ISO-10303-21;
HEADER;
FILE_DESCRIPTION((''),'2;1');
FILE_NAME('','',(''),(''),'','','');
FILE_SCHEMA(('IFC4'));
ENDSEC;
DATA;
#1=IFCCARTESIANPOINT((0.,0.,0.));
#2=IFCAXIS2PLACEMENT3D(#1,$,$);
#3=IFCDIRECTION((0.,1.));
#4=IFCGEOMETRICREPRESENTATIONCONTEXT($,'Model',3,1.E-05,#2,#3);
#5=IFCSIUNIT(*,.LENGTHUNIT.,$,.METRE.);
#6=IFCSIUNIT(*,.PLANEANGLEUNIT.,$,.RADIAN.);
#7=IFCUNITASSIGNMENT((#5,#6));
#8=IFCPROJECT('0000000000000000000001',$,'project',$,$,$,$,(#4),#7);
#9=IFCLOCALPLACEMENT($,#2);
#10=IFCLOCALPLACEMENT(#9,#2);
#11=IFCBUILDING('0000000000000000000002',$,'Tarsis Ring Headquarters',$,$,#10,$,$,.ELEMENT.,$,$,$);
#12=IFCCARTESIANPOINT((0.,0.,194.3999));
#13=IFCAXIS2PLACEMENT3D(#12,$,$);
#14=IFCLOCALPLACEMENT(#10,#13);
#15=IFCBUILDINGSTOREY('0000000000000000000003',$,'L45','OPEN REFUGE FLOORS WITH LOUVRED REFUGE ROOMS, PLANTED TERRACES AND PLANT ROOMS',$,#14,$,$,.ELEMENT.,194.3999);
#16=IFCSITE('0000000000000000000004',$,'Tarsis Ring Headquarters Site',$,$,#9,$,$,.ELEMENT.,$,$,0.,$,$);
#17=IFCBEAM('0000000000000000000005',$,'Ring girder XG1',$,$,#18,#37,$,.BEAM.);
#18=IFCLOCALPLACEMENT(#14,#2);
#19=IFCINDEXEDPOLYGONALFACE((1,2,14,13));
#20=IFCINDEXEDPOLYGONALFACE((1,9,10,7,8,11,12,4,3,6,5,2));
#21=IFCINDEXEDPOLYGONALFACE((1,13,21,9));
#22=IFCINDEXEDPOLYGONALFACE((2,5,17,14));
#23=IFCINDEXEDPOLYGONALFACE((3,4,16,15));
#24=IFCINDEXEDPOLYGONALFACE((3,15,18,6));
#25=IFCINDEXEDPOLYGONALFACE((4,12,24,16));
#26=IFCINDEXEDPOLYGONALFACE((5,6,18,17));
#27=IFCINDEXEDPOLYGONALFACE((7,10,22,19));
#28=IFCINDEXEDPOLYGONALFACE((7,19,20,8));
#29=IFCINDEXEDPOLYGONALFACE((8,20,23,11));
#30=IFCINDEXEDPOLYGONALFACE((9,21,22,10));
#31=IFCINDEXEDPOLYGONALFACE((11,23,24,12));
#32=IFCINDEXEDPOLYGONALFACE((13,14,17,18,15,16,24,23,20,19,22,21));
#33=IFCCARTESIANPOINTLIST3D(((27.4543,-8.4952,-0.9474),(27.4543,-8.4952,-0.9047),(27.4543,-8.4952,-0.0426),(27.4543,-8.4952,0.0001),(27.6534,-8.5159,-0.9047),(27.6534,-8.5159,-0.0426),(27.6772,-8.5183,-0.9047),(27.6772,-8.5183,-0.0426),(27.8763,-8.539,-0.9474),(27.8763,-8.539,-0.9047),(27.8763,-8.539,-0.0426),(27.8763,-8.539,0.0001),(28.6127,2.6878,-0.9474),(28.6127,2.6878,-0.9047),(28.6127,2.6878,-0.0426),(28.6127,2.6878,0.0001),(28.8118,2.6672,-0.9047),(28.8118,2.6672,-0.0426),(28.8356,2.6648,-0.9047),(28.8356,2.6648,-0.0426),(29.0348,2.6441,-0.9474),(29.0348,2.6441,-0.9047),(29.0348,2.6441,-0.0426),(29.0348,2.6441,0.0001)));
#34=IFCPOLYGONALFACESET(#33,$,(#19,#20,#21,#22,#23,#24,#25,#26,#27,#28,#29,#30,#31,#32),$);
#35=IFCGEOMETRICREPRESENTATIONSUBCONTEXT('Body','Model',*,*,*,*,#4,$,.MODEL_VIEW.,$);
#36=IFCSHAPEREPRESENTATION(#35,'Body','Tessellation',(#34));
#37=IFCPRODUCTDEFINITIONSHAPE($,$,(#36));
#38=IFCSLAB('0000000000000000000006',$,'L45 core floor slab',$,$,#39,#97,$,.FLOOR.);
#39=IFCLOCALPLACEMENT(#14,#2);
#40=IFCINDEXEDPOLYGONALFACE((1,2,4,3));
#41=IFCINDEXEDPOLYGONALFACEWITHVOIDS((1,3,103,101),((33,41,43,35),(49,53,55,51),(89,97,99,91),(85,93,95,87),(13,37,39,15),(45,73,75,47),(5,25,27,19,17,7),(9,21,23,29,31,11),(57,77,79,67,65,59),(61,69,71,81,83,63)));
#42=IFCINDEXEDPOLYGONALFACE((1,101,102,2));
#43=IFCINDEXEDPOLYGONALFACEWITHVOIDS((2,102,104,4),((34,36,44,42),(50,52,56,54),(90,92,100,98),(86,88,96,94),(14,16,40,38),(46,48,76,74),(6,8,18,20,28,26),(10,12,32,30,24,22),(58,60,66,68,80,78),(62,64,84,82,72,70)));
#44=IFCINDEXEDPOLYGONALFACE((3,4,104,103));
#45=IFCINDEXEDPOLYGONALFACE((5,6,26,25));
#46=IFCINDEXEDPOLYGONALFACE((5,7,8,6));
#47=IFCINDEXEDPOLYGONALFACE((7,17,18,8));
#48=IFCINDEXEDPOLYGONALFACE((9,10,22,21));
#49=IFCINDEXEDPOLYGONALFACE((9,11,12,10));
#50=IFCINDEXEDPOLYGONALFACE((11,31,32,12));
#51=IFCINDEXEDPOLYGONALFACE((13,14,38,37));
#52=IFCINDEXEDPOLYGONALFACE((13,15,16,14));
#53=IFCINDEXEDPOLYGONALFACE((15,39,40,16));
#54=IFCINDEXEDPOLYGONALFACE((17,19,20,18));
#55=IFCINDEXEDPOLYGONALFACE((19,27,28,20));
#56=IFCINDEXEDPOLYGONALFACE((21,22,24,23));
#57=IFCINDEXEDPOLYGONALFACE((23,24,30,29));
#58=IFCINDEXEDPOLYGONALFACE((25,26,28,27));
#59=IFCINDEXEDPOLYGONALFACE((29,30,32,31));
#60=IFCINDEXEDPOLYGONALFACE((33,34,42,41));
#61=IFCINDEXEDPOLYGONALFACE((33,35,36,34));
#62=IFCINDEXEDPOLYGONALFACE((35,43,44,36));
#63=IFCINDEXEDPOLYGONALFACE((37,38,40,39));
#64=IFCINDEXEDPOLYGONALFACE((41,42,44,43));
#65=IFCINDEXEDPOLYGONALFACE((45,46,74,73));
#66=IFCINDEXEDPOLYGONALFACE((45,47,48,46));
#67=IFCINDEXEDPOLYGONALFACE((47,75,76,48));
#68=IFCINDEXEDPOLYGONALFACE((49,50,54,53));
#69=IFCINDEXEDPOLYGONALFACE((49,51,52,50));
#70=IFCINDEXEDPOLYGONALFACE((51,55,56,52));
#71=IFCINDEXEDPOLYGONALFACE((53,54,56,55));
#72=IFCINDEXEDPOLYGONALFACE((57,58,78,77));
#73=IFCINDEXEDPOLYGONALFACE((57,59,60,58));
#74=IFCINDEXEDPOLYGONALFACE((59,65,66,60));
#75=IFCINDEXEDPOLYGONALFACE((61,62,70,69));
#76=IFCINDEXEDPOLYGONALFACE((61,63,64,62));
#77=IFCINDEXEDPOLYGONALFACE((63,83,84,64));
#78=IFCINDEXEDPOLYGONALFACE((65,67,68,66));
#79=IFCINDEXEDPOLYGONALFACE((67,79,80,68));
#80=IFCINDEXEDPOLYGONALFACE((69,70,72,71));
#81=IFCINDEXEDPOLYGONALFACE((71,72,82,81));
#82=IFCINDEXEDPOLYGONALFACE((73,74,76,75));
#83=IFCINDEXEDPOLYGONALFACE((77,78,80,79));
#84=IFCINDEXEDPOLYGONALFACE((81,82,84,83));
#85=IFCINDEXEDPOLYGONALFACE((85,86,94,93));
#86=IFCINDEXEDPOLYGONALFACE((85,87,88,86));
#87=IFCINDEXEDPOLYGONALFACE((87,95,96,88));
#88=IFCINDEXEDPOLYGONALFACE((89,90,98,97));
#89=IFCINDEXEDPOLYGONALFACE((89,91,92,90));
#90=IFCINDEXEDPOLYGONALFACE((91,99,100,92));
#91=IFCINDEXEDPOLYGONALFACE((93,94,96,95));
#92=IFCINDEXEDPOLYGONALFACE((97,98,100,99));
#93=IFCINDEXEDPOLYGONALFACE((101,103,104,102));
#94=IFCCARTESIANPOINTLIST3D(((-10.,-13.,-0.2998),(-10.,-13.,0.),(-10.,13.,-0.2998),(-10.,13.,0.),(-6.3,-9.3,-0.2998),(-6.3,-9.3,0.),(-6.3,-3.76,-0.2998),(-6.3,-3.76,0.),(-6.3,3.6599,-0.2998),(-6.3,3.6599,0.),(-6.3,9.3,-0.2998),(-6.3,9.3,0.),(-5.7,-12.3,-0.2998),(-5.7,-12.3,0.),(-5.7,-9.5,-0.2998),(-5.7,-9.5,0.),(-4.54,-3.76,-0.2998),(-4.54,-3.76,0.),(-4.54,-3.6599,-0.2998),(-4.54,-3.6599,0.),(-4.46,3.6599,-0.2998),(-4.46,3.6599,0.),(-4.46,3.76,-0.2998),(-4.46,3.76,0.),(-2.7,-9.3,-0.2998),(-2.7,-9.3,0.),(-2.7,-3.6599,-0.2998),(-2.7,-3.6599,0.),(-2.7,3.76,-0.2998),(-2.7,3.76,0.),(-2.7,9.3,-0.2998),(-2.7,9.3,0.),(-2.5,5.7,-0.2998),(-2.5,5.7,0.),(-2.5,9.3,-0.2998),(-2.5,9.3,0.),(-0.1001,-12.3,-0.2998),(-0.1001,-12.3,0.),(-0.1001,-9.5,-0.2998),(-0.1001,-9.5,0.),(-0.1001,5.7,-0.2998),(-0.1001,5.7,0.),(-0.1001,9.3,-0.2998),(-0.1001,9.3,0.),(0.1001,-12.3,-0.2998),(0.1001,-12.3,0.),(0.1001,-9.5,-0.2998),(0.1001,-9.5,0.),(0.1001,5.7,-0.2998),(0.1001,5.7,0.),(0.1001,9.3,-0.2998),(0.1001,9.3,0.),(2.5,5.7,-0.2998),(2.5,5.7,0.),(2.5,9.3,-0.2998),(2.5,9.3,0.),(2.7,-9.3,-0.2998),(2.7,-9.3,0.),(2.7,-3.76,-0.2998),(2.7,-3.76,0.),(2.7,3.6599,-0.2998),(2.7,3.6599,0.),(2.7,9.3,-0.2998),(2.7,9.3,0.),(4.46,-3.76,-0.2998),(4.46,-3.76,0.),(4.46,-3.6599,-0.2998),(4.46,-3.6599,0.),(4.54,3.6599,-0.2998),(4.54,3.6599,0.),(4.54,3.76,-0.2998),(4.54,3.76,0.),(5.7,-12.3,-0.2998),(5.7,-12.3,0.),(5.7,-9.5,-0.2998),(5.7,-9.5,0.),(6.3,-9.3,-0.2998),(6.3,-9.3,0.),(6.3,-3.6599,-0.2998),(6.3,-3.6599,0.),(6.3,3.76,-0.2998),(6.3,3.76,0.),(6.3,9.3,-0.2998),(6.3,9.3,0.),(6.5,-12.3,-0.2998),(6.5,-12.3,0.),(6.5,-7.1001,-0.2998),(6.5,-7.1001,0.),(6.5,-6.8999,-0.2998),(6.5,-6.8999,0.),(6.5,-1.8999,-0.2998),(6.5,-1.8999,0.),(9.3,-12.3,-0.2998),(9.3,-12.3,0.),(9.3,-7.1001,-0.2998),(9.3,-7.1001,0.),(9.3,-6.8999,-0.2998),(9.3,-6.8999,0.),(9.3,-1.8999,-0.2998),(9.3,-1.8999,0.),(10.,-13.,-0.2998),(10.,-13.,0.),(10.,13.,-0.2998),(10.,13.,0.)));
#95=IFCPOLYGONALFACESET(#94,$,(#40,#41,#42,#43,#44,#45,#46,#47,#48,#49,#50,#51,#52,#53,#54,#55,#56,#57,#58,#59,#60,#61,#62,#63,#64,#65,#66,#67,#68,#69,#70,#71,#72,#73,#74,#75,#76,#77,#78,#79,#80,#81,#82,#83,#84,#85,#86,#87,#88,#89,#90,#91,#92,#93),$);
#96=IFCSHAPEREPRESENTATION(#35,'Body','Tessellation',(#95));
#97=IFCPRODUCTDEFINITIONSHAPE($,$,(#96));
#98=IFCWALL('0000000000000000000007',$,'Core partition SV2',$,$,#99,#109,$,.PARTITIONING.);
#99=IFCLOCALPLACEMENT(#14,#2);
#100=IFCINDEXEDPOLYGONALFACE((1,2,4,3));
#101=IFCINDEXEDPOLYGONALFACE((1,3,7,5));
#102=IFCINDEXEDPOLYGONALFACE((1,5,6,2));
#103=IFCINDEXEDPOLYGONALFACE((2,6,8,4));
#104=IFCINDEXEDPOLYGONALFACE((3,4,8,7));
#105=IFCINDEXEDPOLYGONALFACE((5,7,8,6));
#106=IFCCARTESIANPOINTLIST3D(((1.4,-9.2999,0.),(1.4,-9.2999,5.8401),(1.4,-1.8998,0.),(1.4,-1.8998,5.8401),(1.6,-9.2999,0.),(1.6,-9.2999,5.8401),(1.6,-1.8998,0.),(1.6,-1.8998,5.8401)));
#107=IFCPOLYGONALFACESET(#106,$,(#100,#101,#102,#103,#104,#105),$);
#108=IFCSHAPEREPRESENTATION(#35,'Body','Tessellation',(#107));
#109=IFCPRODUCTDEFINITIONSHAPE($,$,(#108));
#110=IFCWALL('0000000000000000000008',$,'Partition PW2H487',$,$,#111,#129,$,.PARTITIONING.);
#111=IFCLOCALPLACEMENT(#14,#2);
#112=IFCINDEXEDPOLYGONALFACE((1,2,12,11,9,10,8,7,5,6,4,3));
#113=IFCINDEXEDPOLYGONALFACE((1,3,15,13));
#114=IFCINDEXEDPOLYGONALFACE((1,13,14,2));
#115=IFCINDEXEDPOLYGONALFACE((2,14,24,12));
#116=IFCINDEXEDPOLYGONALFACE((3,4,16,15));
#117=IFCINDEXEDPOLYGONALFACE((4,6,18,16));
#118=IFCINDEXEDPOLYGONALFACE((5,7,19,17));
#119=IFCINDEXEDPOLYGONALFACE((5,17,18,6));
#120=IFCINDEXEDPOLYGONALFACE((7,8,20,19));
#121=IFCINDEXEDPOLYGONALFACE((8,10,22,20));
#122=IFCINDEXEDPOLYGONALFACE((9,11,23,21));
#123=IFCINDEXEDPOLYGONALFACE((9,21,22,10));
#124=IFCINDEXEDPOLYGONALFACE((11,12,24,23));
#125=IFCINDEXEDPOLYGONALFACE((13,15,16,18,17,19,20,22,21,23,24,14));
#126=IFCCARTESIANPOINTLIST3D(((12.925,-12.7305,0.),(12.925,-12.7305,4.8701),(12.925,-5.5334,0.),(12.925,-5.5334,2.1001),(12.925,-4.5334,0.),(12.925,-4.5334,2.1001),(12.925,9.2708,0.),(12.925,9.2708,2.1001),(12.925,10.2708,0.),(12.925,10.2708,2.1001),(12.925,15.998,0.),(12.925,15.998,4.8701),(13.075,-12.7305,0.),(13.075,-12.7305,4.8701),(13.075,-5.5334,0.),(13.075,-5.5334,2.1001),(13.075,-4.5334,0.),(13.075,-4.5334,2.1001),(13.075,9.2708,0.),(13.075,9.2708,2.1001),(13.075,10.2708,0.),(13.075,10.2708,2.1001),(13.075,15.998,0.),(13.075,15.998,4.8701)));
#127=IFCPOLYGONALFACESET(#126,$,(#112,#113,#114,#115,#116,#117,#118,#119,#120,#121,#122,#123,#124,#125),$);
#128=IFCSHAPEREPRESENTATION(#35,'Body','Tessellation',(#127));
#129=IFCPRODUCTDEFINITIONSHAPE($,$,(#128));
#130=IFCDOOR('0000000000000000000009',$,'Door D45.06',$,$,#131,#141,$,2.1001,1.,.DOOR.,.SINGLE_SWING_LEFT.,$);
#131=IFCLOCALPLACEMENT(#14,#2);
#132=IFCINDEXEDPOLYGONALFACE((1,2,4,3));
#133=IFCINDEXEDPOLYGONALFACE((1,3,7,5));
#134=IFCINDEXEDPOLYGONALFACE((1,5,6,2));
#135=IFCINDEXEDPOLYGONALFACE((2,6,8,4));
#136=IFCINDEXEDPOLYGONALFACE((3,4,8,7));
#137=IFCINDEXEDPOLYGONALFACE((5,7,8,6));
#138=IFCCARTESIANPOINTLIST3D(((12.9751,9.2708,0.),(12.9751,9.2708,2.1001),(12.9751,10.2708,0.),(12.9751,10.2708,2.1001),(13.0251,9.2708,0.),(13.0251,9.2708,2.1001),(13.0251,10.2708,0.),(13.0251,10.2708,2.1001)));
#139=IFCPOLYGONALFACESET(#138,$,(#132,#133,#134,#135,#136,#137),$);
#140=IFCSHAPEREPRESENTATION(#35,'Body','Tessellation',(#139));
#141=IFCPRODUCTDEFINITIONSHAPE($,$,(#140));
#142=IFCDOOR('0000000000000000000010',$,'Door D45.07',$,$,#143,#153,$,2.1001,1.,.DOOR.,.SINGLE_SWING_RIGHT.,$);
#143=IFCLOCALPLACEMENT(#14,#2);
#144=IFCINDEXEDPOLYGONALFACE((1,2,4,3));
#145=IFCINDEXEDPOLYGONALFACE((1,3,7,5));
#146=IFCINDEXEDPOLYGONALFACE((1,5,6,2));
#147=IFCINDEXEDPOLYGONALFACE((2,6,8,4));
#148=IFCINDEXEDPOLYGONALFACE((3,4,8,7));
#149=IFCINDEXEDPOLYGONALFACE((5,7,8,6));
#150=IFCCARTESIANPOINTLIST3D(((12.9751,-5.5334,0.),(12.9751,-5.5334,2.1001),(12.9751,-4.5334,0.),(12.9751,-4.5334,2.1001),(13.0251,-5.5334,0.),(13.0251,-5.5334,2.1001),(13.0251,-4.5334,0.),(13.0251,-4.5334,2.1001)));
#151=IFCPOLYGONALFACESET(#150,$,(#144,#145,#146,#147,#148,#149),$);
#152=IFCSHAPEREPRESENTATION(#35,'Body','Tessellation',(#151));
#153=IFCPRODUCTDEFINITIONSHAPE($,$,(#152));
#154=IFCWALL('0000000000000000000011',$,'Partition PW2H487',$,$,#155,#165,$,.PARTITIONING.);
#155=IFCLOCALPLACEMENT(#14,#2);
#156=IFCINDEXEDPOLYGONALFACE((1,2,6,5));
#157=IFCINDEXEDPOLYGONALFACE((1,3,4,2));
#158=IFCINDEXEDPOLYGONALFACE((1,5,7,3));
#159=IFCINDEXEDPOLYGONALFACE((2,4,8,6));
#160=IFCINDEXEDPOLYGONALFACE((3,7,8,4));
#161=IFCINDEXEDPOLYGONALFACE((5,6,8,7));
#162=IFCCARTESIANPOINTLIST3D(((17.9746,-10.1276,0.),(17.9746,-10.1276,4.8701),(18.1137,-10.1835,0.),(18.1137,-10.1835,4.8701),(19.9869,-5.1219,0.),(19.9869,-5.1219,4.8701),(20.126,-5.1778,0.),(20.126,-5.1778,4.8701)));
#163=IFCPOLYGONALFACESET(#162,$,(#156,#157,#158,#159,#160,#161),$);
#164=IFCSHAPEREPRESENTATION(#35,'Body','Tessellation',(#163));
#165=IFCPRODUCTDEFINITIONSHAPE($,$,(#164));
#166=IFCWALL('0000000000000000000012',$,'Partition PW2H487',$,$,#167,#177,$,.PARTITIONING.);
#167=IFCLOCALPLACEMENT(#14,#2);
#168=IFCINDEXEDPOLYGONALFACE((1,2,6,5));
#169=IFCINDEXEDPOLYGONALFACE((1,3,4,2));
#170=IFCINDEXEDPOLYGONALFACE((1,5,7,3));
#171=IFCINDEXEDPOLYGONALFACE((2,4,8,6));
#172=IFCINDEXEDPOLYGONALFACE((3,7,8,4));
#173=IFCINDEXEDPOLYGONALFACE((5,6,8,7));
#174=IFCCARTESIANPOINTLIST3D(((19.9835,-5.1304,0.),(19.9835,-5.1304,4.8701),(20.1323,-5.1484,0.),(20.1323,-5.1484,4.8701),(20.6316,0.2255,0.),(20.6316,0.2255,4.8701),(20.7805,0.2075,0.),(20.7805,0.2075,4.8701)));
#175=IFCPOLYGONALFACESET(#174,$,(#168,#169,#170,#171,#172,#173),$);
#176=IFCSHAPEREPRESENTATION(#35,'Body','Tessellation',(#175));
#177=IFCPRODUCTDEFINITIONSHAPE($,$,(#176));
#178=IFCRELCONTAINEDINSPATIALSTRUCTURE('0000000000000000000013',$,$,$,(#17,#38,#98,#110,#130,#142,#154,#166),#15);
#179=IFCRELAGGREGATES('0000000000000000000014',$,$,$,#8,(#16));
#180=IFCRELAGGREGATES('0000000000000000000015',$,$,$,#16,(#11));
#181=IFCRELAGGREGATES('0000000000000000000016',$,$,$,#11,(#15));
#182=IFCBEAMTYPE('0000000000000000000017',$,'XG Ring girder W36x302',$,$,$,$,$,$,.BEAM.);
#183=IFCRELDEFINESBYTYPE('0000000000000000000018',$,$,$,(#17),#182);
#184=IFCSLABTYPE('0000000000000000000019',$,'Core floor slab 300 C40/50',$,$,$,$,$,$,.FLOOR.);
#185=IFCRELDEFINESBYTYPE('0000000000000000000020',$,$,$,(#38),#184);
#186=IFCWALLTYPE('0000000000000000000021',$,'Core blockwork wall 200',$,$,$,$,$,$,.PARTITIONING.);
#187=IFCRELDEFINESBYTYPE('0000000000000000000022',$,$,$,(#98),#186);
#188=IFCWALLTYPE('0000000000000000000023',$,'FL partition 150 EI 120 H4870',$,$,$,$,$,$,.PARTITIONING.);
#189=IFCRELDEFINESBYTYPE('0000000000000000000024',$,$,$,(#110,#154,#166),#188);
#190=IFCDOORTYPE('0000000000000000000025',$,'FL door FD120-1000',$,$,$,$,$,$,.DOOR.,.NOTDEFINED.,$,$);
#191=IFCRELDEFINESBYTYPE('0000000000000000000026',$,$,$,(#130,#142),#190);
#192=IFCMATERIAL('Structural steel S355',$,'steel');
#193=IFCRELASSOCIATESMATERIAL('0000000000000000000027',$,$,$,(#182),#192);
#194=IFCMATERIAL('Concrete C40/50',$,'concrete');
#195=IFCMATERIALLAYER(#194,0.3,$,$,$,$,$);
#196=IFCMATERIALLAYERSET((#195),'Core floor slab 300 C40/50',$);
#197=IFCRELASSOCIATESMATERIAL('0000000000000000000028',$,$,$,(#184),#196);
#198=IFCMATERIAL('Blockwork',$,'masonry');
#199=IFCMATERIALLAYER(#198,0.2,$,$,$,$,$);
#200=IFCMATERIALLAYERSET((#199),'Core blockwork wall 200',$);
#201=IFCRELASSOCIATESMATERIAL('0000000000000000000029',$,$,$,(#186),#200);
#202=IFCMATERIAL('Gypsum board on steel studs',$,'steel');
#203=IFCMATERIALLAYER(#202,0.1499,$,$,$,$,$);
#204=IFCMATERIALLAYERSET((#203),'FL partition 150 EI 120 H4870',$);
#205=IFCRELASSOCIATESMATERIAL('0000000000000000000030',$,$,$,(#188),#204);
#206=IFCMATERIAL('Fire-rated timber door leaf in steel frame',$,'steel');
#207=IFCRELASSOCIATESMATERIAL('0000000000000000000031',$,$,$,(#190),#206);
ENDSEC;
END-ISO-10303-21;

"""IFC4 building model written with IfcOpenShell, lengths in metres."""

from ifc_helpers import new_model, si_unit, direction, frame, frame_2d, origin, origin_2d, place, context, subcontext, project, spatial, polyline, rectangle, i_section, outline, extrude, material, layer, layer_set, material_profile, profile_set, type_object, element, fill, save


model = new_model("IFC4")

# Units and contexts
model_context = context("Model", 3, precision=1e-05, world=origin(), true_north=direction((0.0, 1.0)))
body_context = subcontext(model_context, "Body", "Model", "MODEL_VIEW")
ifc_project = project(units=[si_unit("LENGTHUNIT", "METRE"), si_unit("PLANEANGLEUNIT", "RADIAN")], contexts=[model_context])

# Site, building, storey
site_placement = place(None, origin())
site = spatial("IfcSite", under=ifc_project, at=site_placement, Name="Tarsis Ring Headquarters Site", CompositionType="ELEMENT", RefElevation=0.0)
building_placement = place(site_placement, origin())
building = spatial("IfcBuilding", under=site, at=building_placement, Name="Tarsis Ring Headquarters", CompositionType="ELEMENT")
storey_placement = place(building_placement, frame((0.0, 0.0, 194.3999)))
storey = spatial("IfcBuildingStorey", under=building, at=storey_placement, Name="L45", Description="OPEN REFUGE FLOORS WITH LOUVRED REFUGE ROOMS, PLANTED TERRACES AND PLANT ROOMS", CompositionType="ELEMENT", Elevation=194.3999)

# Shared definitions
ifc_material_1 = material(Name="Structural steel S355", Category="steel")

# Beam
ifc_material_2 = material(Name="Concrete C40/50", Category="concrete")
ifc_material_profile_1 = material_profile(ifc_material_1, i_section(OverallWidth=0.4243, OverallDepth=0.9475, WebThickness=0.0239, FlangeThickness=0.0427, at=origin_2d()), Name="W36x302")
ifc_profile_set_1 = profile_set([ifc_material_profile_1], Name="Structural steel S355")
beam_type_1 = type_object("IfcBeamType", Name="XG Ring girder W36x302", PredefinedType="BEAM", material=ifc_profile_set_1)
beam_1_placement = place(storey_placement, frame((27.6653, -8.5171, -0.4736), z_axis=(0.103038, 0.994677, 0.0), x_axis=(-0.994677, 0.103038, 0.0)))
element("IfcBeam", 1, at=beam_1_placement, inside=storey, type_object=beam_type_1, Name="Ring girder XG1", PredefinedType="BEAM", context=body_context, shape_type="SweptSolid", body=[
    extrude(i_section(OverallWidth=0.4243, OverallDepth=0.9475, WebThickness=0.0239, FlangeThickness=0.0427, at=origin_2d()), origin(), (0.0, 0.0, 1.0), 11.2429),
])

# Slab
ifc_layer_1 = layer(ifc_material_2, 0.3)
ifc_layer_set_1 = layer_set([ifc_layer_1], Name="Core floor slab 300 C40/50")
slab_type = type_object("IfcSlabType", Name="Core floor slab 300 C40/50", PredefinedType="FLOOR", material=ifc_layer_set_1)
slab_placement = place(storey_placement, frame((0.0, 0.0, -0.2998)))
element("IfcSlab", 2, at=slab_placement, inside=storey, type_object=slab_type, Name="L45 core floor slab", PredefinedType="FLOOR", context=body_context, shape_type="SweptSolid", body=[
    extrude(outline(polyline([(-10.0, -13.0), (10.0, -13.0), (10.0, 13.0), (-10.0, 13.0), (-10.0, -13.0)]), holes=[polyline([(-2.5, 5.7), (-0.1001, 5.7), (-0.1001, 9.3), (-2.5, 9.3), (-2.5, 5.7)]), polyline([(0.1001, 5.7), (2.5, 5.7), (2.5, 9.3), (0.1001, 9.3), (0.1001, 5.7)]), polyline([(6.5, -12.3), (9.3, -12.3), (9.3, -7.1001), (6.5, -7.1001), (6.5, -12.3)]), polyline([(6.5, -6.8999), (9.3, -6.8999), (9.3, -1.8999), (6.5, -1.8999), (6.5, -6.8999)]), polyline([(-5.7, -12.3), (-0.1001, -12.3), (-0.1001, -9.5), (-5.7, -9.5), (-5.7, -12.3)]), polyline([(0.1001, -12.3), (5.7, -12.3), (5.7, -9.5), (0.1001, -9.5), (0.1001, -12.3)]), polyline([(-2.7, 3.76), (-2.7, 9.3), (-6.3, 9.3), (-6.3, 3.6599), (-4.46, 3.6599), (-4.46, 3.76), (-2.7, 3.76)]), polyline([(6.3, 3.76), (6.3, 9.3), (2.7, 9.3), (2.7, 3.6599), (4.54, 3.6599), (4.54, 3.76), (6.3, 3.76)]), polyline([(-6.3, -3.76), (-6.3, -9.3), (-2.7, -9.3), (-2.7, -3.6599), (-4.54, -3.6599), (-4.54, -3.76), (-6.3, -3.76)]), polyline([(2.7, -3.76), (2.7, -9.3), (6.3, -9.3), (6.3, -3.6599), (4.46, -3.6599), (4.46, -3.76), (2.7, -3.76)])]), origin(), (0.0, 0.0, 1.0), 0.2998),
])

# Wall
ifc_material_3 = material(Name="Blockwork", Category="masonry")
ifc_layer_2 = layer(ifc_material_3, 0.2)
ifc_layer_set_2 = layer_set([ifc_layer_2], Name="Core blockwork wall 200")
wall_type_1 = type_object("IfcWallType", Name="Core blockwork wall 200", PredefinedType="PARTITIONING", material=ifc_layer_set_2)
wall_1_placement = place(storey_placement, frame((1.5, -9.3, 0.0), z_axis=(0.0, 0.0, 1.0), x_axis=(0.0, 1.0, 0.0)))
element("IfcWall", 3, at=wall_1_placement, inside=storey, type_object=wall_type_1, Name="Core partition SV2", PredefinedType="PARTITIONING", context=body_context, shape_type="SweptSolid", body=[
    extrude(rectangle(XDim=7.4001, YDim=0.2, at=frame_2d((3.7002, 0.0))), origin(), (0.0, 0.0, 1.0), 5.8401),
])

# Wall, openings, doors
ifc_material_4 = material(Name="Gypsum board on steel studs", Category="steel")
ifc_layer_3 = layer(ifc_material_4, 0.1499)
ifc_layer_set_3 = layer_set([ifc_layer_3], Name="FL partition 150 EI 120 H4870")
wall_type_2 = type_object("IfcWallType", Name="FL partition 150 EI 120 H4870", PredefinedType="PARTITIONING", material=ifc_layer_set_3)
wall_2_placement = place(storey_placement, frame((13.0, -12.7305, 0.0), z_axis=(0.0, 0.0, 1.0), x_axis=(0.0, 1.0, 0.0)))
wall_2 = element("IfcWall", 4, at=wall_2_placement, inside=storey, type_object=wall_type_2, Name="Partition PW2H487", PredefinedType="PARTITIONING", context=body_context, shape_type="SweptSolid", body=[
    extrude(rectangle(XDim=28.7285, YDim=0.1499, at=frame_2d((14.3643, 0.0))), origin(), (0.0, 0.0, 1.0), 4.8701),
])
opening_1_placement = place(wall_2_placement, frame((22.0012, 0.0, 0.0)))
opening_1 = element("IfcOpeningElement", 5, at=opening_1_placement, cuts=wall_2, PredefinedType="OPENING", context=body_context, shape_type="SweptSolid", body=[
    extrude(rectangle(XDim=1.0, YDim=2.1001, at=frame_2d((0.5, 1.05))), frame((0.0, 0.085, 0.0), z_axis=(0.0, -1.0, 0.0), x_axis=(1.0, 0.0, 0.0)), (0.0, 0.0, 1.0), 0.1699),
])
opening_2_placement = place(wall_2_placement, frame((7.197, 0.0, 0.0)))
opening_2 = element("IfcOpeningElement", 6, at=opening_2_placement, cuts=wall_2, PredefinedType="OPENING", context=body_context, shape_type="SweptSolid", body=[
    extrude(rectangle(XDim=1.0, YDim=2.1001, at=frame_2d((0.5, 1.05))), frame((0.0, 0.085, 0.0), z_axis=(0.0, -1.0, 0.0), x_axis=(1.0, 0.0, 0.0)), (0.0, 0.0, 1.0), 0.1699),
])
ifc_material_5 = material(Name="Fire-rated timber door leaf in steel frame", Category="steel")
door_type = type_object("IfcDoorType", Name="FL door FD120-1000", OperationType="NOTDEFINED", PredefinedType="DOOR", material=ifc_material_5)
door_1_placement = place(opening_1_placement, origin())
door_1 = element("IfcDoor", 7, at=door_1_placement, inside=storey, type_object=door_type, Name="Door D45.06", OperationType="SINGLE_SWING_LEFT", OverallHeight=2.1001, OverallWidth=1.0, PredefinedType="DOOR", context=body_context, shape_type="SweptSolid", body=[
    extrude(rectangle(XDim=1.0, YDim=2.1001, at=frame_2d((0.5, 1.05))), frame((0.0, 0.0249, 0.0), z_axis=(0.0, -1.0, 0.0), x_axis=(1.0, 0.0, 0.0)), (0.0, 0.0, 1.0), 0.05),
])
fill(opening_1, door_1)
door_2_placement = place(opening_2_placement, origin())
door_2 = element("IfcDoor", 8, at=door_2_placement, inside=storey, type_object=door_type, Name="Door D45.07", OperationType="SINGLE_SWING_RIGHT", OverallHeight=2.1001, OverallWidth=1.0, PredefinedType="DOOR", context=body_context, shape_type="SweptSolid", body=[
    extrude(rectangle(XDim=1.0, YDim=2.1001, at=frame_2d((0.5, 1.05))), frame((0.0, 0.0249, 0.0), z_axis=(0.0, -1.0, 0.0), x_axis=(1.0, 0.0, 0.0)), (0.0, 0.0, 1.0), 0.05),
])
fill(opening_2, door_2)

# Walls
for number, where, z_axis, x_axis, name in (
    (9, (18.0442, -10.1555, 0.0), (0.0, 0.0, 1.0), (0.372982, 0.927839, 0.0), "Partition PW2H487"),
    (10, (20.0579, -5.1394, 0.0), (0.0, 0.0, 1.0), (0.120146, 0.992756, 0.0), "Partition PW2H487"),
):
    element("IfcWall", number, at=place(storey_placement, frame(where, z_axis=z_axis, x_axis=x_axis)), inside=storey, type_object=wall_type_2, Name=name, PredefinedType="PARTITIONING", context=body_context, shape_type="SweptSolid", body=[
        extrude(rectangle(XDim=5.395, YDim=0.1499, at=frame_2d((2.6975, 0.0))), origin(), (0.0, 0.0, 1.0), 4.8701),
    ])

save(model, "model.ifc")
